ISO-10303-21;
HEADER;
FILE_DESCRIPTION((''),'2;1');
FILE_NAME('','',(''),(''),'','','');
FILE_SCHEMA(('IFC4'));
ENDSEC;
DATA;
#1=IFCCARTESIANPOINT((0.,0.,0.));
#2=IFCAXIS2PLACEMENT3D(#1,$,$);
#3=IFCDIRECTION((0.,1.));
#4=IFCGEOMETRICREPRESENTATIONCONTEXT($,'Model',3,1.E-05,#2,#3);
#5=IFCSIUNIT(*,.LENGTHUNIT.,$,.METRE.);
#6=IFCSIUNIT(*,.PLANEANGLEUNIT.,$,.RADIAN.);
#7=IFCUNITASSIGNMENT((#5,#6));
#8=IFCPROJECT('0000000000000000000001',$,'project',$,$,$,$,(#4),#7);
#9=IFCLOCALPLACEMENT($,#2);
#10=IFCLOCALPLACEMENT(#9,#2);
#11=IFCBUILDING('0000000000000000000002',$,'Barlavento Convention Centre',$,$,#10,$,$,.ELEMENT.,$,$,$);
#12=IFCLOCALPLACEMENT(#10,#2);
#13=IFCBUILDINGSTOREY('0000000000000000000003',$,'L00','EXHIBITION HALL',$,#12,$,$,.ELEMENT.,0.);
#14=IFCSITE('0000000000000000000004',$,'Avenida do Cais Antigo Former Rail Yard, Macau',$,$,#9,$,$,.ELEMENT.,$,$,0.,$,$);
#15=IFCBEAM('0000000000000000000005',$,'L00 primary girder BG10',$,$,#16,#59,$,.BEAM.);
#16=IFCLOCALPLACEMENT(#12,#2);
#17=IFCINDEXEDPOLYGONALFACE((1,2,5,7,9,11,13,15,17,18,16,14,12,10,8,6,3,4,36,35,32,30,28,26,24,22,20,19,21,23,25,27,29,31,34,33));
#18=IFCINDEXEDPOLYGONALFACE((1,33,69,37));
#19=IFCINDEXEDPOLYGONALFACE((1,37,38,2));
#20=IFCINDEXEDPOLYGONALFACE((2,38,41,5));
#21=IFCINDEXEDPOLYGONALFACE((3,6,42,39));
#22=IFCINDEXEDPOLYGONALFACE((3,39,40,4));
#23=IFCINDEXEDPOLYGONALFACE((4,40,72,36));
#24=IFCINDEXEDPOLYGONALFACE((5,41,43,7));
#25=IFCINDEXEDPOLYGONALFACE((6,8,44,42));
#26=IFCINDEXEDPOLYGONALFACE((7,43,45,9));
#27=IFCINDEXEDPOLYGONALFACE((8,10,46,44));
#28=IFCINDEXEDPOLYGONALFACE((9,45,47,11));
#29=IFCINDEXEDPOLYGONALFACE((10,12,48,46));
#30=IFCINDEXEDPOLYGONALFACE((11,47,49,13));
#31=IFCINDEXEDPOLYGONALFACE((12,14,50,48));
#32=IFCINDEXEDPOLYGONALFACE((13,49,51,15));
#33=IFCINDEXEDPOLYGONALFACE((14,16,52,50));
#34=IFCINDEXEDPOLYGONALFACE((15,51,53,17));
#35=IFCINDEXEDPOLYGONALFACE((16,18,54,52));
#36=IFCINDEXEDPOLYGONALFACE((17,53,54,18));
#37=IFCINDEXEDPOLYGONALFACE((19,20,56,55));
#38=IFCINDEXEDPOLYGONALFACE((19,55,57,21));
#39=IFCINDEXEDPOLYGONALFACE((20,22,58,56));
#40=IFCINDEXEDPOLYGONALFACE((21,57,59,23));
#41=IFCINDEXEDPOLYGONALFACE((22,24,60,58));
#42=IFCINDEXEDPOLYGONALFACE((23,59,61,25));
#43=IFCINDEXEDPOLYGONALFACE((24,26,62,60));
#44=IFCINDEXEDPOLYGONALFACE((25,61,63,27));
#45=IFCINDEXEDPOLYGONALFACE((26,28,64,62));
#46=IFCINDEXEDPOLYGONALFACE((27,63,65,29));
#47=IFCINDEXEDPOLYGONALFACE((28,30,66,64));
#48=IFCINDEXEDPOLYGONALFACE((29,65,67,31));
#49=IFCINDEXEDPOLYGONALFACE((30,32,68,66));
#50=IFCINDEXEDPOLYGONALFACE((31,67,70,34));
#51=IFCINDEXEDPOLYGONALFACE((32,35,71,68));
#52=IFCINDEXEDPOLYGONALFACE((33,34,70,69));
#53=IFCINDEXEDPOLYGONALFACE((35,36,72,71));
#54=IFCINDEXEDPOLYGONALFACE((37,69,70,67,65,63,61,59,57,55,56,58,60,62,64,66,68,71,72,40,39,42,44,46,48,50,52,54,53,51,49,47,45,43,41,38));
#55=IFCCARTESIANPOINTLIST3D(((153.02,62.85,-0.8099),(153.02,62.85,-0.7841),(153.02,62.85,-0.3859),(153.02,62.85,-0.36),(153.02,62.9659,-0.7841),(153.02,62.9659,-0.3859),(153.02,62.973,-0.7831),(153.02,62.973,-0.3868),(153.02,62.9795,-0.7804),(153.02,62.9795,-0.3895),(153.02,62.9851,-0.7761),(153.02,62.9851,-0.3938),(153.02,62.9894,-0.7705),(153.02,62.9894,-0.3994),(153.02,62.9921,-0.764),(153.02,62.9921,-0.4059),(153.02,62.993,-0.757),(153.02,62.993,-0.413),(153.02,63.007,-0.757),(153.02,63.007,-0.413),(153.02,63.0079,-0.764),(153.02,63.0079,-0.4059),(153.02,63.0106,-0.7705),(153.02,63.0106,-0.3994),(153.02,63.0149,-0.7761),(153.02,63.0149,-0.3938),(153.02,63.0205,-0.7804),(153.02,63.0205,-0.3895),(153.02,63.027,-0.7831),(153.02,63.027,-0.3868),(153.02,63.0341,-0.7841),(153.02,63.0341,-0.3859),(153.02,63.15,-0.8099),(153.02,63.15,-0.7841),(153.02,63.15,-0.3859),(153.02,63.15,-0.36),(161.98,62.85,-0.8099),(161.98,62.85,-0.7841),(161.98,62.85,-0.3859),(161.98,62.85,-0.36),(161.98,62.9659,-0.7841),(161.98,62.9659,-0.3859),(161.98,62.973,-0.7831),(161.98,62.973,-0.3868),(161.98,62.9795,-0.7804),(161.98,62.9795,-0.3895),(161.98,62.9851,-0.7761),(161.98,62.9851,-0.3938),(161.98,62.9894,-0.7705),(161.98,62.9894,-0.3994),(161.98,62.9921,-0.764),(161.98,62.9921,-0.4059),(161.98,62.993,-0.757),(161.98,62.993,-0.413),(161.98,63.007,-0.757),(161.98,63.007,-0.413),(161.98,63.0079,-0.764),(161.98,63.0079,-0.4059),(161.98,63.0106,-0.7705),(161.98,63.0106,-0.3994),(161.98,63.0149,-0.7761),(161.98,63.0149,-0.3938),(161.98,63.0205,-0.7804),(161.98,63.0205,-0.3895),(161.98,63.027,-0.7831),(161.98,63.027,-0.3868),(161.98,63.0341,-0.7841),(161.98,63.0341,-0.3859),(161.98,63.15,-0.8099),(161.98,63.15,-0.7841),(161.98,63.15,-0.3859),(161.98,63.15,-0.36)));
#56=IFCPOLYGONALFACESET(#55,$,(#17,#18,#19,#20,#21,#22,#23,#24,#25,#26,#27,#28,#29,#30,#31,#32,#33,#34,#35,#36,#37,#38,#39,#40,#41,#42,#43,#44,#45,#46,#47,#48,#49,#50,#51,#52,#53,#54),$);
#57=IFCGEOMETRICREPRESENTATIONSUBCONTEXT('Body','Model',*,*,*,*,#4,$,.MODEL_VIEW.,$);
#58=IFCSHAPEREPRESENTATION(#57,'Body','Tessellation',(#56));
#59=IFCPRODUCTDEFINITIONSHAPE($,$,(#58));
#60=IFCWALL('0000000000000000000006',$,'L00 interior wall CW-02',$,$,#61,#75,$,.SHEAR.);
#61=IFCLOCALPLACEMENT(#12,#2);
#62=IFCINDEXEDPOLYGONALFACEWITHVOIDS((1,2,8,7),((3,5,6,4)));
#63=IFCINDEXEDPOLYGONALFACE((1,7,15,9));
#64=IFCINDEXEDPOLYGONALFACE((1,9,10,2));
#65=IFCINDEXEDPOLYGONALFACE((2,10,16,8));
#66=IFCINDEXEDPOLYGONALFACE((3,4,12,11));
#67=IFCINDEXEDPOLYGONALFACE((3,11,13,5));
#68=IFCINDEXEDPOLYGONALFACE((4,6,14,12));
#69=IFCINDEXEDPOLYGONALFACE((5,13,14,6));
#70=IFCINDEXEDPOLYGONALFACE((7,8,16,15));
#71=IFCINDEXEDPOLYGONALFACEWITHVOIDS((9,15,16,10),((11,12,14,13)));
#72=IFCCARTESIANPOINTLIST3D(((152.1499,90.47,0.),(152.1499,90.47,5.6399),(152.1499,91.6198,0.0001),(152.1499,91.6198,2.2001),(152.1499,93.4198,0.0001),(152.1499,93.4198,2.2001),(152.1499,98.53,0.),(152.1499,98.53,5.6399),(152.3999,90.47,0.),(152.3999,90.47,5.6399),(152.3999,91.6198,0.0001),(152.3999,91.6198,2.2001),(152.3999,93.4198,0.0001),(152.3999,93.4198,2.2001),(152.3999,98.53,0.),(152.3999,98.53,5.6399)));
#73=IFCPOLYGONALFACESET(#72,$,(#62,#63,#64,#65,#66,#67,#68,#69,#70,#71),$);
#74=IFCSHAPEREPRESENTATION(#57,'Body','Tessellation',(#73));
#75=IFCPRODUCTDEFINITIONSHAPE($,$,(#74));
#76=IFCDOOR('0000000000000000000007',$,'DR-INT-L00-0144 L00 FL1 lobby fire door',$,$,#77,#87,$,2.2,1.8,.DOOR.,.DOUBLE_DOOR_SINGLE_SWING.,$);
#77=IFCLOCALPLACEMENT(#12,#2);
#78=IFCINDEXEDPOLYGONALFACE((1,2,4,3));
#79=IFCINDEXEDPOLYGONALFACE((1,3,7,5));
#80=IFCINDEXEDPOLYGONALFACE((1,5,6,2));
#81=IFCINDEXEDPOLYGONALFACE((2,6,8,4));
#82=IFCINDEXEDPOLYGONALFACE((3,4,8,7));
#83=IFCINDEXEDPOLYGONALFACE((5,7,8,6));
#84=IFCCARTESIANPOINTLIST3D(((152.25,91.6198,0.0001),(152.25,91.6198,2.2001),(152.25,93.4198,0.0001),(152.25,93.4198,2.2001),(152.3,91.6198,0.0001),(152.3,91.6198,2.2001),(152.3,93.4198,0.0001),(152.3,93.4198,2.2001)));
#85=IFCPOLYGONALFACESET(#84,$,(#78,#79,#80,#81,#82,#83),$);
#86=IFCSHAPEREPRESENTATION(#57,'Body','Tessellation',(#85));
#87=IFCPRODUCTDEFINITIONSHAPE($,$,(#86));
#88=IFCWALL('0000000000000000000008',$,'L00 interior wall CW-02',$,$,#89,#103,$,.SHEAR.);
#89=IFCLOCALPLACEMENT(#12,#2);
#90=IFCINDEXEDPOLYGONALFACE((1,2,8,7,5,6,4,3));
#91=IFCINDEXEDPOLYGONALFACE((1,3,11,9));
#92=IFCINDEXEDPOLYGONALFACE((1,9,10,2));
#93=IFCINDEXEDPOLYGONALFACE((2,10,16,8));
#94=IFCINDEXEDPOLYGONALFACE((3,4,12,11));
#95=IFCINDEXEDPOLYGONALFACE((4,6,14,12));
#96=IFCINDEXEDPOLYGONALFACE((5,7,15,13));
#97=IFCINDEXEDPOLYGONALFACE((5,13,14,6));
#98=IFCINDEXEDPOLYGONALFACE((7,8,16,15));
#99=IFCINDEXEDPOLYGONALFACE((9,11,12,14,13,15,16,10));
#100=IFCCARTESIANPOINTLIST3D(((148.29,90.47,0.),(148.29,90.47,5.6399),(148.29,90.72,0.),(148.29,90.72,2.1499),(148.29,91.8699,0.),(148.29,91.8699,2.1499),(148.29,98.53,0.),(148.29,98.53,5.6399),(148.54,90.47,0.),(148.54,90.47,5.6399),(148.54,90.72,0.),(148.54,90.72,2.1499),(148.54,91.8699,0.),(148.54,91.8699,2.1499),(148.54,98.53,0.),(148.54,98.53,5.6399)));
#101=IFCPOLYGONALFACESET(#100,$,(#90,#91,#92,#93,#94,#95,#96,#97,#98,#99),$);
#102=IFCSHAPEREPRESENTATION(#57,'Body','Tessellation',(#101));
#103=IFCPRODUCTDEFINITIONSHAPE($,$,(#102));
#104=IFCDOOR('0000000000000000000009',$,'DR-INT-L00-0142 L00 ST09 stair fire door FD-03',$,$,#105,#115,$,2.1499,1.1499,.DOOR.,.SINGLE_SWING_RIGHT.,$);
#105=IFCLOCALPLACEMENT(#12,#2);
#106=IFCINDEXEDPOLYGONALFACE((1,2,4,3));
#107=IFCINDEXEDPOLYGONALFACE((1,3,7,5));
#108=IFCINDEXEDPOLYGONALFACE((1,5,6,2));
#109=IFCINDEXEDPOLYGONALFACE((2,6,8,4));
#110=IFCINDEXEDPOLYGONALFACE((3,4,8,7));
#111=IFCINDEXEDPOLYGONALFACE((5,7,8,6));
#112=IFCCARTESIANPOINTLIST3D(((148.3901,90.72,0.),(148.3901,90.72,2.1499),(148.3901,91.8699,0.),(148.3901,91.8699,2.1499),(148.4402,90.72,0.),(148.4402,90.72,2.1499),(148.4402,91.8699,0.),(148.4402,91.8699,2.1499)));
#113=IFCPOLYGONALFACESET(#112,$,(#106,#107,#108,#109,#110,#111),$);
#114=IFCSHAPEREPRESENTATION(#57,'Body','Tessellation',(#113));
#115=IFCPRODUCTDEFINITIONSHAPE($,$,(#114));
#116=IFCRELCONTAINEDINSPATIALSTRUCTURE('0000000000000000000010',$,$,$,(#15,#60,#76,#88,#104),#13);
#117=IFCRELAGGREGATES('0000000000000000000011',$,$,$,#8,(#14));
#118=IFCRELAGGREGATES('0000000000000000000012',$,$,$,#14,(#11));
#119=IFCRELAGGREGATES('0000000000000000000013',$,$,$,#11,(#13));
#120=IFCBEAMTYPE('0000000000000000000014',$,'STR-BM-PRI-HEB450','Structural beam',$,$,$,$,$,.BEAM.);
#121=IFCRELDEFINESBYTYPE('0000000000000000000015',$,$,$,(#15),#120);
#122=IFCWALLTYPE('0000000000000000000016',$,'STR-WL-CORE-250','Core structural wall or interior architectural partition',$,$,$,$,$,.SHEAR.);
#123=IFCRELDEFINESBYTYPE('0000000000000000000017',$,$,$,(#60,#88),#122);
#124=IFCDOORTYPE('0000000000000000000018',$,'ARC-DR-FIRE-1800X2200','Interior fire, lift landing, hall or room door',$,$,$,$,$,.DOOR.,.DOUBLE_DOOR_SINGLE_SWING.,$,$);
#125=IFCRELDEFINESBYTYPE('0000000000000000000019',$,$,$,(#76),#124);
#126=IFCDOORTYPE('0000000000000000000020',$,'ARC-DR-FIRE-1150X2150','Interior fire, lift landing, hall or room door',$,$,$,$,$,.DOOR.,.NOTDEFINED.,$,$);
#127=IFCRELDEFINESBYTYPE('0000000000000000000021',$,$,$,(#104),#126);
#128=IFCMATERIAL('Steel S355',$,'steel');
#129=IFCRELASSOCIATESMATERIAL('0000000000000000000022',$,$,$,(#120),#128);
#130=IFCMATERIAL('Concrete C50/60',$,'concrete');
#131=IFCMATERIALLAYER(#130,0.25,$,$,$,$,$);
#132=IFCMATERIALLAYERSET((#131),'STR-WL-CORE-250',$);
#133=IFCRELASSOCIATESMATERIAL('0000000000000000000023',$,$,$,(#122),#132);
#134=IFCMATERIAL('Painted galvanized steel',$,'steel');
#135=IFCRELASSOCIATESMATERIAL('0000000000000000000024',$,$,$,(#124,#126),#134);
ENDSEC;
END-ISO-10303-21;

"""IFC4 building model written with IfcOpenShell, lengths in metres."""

from ifc_helpers import new_model, si_unit, direction, frame, frame_2d, origin, origin_2d, place, context, subcontext, project, spatial, rectangle, i_section, extrude, material, layer, layer_set, material_profile, profile_set, type_object, element, fill, save


model = new_model("IFC4")

# Units and contexts
model_context = context("Model", 3, precision=1e-05, world=origin(), true_north=direction((0.0, 1.0)))
body_context = subcontext(model_context, "Body", "Model", "MODEL_VIEW")
ifc_project = project(units=[si_unit("LENGTHUNIT", "METRE"), si_unit("PLANEANGLEUNIT", "RADIAN")], contexts=[model_context])

# Site, building, storey
site_placement = place(None, origin())
site = spatial("IfcSite", under=ifc_project, at=site_placement, Name="Avenida do Cais Antigo Former Rail Yard, Macau", CompositionType="ELEMENT", RefElevation=0.0)
building_placement = place(site_placement, origin())
building = spatial("IfcBuilding", under=site, at=building_placement, Name="Barlavento Convention Centre", CompositionType="ELEMENT")
storey_placement = place(building_placement, origin())
storey = spatial("IfcBuildingStorey", under=building, at=storey_placement, Name="L00", Description="EXHIBITION HALL", CompositionType="ELEMENT", Elevation=0.0)

# Shared definitions
ifc_material_1 = material(Name="Concrete C50/60", Category="concrete")

# Beam
ifc_material_2 = material(Name="Steel S355", Category="steel")
ifc_material_profile_1 = material_profile(ifc_material_2, i_section(OverallWidth=0.3, OverallDepth=0.45, WebThickness=0.0139, FlangeThickness=0.0259, FilletRadius=0.0271, at=origin_2d()), Name="HEB 450")
ifc_profile_set_1 = profile_set([ifc_material_profile_1], Name="Steel S355")
beam_type_1 = type_object("IfcBeamType", Name="STR-BM-PRI-HEB450", Description="Structural beam", PredefinedType="BEAM", material=ifc_profile_set_1)
beam_1_placement = place(storey_placement, frame((153.02, 63.0, -0.585), z_axis=(1.0, 0.0, 0.0), x_axis=(0.0, 1.0, 0.0)))
element("IfcBeam", 1, at=beam_1_placement, inside=storey, type_object=beam_type_1, Name="L00 primary girder BG10", PredefinedType="BEAM", context=body_context, shape_type="SweptSolid", body=[
    extrude(i_section(OverallWidth=0.3, OverallDepth=0.45, WebThickness=0.0139, FlangeThickness=0.0259, FilletRadius=0.0271, at=origin_2d()), origin(), (0.0, 0.0, 1.0), 8.96),
])

# Walls, openings, doors
ifc_layer = layer(ifc_material_1, 0.25)
ifc_layer_set = layer_set([ifc_layer], Name="STR-WL-CORE-250")
wall_type = type_object("IfcWallType", Name="STR-WL-CORE-250", Description="Core structural wall or interior architectural partition", PredefinedType="SHEAR", material=ifc_layer_set)
wall_1_placement = place(storey_placement, frame((152.2749, 90.47, 0.0), z_axis=(0.0, 0.0, 1.0), x_axis=(0.0, 1.0, 0.0)))
wall_1 = element("IfcWall", 2, at=wall_1_placement, inside=storey, type_object=wall_type, Name="L00 interior wall CW-02", PredefinedType="SHEAR", context=body_context, shape_type="SweptSolid", body=[
    extrude(rectangle(XDim=8.0601, YDim=0.25, at=frame_2d((4.03, 0.0))), origin(), (0.0, 0.0, 1.0), 5.6399),
])
opening_1_placement = place(wall_1_placement, frame((1.1499, 0.0, 0.0)))
opening_1 = element("IfcOpeningElement", 3, at=opening_1_placement, cuts=wall_1, PredefinedType="OPENING", context=body_context, shape_type="SweptSolid", body=[
    extrude(rectangle(XDim=1.8, YDim=2.2, at=frame_2d((0.8999, 1.1001))), frame((0.0, 0.135, 0.0), z_axis=(0.0, -1.0, 0.0), x_axis=(1.0, 0.0, 0.0)), (0.0, 0.0, 1.0), 0.27),
])
ifc_material_3 = material(Name="Painted galvanized steel", Category="steel")
door_type_1 = type_object("IfcDoorType", Name="ARC-DR-FIRE-1800X2200", Description="Interior fire, lift landing, hall or room door", OperationType="DOUBLE_DOOR_SINGLE_SWING", PredefinedType="DOOR", material=ifc_material_3)
door_1_placement = place(opening_1_placement, origin())
door_1 = element("IfcDoor", 4, at=door_1_placement, inside=storey, type_object=door_type_1, Name="DR-INT-L00-0144 L00 FL1 lobby fire door", OperationType="DOUBLE_DOOR_SINGLE_SWING", OverallHeight=2.2, OverallWidth=1.8, PredefinedType="DOOR", context=body_context, shape_type="SweptSolid", body=[
    extrude(rectangle(XDim=1.8, YDim=2.2, at=frame_2d((0.8999, 1.1001))), frame((0.0, 0.0249, 0.0), z_axis=(0.0, -1.0, 0.0), x_axis=(1.0, 0.0, 0.0)), (0.0, 0.0, 1.0), 0.05),
])
fill(opening_1, door_1)
wall_2_placement = place(storey_placement, frame((148.415, 90.47, 0.0), z_axis=(0.0, 0.0, 1.0), x_axis=(0.0, 1.0, 0.0)))
wall_2 = element("IfcWall", 5, at=wall_2_placement, inside=storey, type_object=wall_type, Name="L00 interior wall CW-02", PredefinedType="SHEAR", context=body_context, shape_type="SweptSolid", body=[
    extrude(rectangle(XDim=8.0601, YDim=0.25, at=frame_2d((4.03, 0.0))), origin(), (0.0, 0.0, 1.0), 5.6399),
])
opening_2_placement = place(wall_2_placement, frame((0.25, 0.0, 0.0)))
opening_2 = element("IfcOpeningElement", 6, at=opening_2_placement, cuts=wall_2, PredefinedType="OPENING", context=body_context, shape_type="SweptSolid", body=[
    extrude(rectangle(XDim=1.1499, YDim=2.1499, at=frame_2d((0.575, 1.075))), frame((0.0, 0.135, 0.0), z_axis=(0.0, -1.0, 0.0), x_axis=(1.0, 0.0, 0.0)), (0.0, 0.0, 1.0), 0.27),
])
door_type_2 = type_object("IfcDoorType", Name="ARC-DR-FIRE-1150X2150", Description="Interior fire, lift landing, hall or room door", OperationType="NOTDEFINED", PredefinedType="DOOR", material=ifc_material_3)
door_2_placement = place(opening_2_placement, origin())
door_2 = element("IfcDoor", 7, at=door_2_placement, inside=storey, type_object=door_type_2, Name="DR-INT-L00-0142 L00 ST09 stair fire door FD-03", OperationType="SINGLE_SWING_RIGHT", OverallHeight=2.1499, OverallWidth=1.1499, PredefinedType="DOOR", context=body_context, shape_type="SweptSolid", body=[
    extrude(rectangle(XDim=1.1499, YDim=2.1499, at=frame_2d((0.575, 1.075))), frame((0.0, 0.0249, 0.0), z_axis=(0.0, -1.0, 0.0), x_axis=(1.0, 0.0, 0.0)), (0.0, 0.0, 1.0), 0.05),
])
fill(opening_2, door_2)

save(model, "model.ifc")
